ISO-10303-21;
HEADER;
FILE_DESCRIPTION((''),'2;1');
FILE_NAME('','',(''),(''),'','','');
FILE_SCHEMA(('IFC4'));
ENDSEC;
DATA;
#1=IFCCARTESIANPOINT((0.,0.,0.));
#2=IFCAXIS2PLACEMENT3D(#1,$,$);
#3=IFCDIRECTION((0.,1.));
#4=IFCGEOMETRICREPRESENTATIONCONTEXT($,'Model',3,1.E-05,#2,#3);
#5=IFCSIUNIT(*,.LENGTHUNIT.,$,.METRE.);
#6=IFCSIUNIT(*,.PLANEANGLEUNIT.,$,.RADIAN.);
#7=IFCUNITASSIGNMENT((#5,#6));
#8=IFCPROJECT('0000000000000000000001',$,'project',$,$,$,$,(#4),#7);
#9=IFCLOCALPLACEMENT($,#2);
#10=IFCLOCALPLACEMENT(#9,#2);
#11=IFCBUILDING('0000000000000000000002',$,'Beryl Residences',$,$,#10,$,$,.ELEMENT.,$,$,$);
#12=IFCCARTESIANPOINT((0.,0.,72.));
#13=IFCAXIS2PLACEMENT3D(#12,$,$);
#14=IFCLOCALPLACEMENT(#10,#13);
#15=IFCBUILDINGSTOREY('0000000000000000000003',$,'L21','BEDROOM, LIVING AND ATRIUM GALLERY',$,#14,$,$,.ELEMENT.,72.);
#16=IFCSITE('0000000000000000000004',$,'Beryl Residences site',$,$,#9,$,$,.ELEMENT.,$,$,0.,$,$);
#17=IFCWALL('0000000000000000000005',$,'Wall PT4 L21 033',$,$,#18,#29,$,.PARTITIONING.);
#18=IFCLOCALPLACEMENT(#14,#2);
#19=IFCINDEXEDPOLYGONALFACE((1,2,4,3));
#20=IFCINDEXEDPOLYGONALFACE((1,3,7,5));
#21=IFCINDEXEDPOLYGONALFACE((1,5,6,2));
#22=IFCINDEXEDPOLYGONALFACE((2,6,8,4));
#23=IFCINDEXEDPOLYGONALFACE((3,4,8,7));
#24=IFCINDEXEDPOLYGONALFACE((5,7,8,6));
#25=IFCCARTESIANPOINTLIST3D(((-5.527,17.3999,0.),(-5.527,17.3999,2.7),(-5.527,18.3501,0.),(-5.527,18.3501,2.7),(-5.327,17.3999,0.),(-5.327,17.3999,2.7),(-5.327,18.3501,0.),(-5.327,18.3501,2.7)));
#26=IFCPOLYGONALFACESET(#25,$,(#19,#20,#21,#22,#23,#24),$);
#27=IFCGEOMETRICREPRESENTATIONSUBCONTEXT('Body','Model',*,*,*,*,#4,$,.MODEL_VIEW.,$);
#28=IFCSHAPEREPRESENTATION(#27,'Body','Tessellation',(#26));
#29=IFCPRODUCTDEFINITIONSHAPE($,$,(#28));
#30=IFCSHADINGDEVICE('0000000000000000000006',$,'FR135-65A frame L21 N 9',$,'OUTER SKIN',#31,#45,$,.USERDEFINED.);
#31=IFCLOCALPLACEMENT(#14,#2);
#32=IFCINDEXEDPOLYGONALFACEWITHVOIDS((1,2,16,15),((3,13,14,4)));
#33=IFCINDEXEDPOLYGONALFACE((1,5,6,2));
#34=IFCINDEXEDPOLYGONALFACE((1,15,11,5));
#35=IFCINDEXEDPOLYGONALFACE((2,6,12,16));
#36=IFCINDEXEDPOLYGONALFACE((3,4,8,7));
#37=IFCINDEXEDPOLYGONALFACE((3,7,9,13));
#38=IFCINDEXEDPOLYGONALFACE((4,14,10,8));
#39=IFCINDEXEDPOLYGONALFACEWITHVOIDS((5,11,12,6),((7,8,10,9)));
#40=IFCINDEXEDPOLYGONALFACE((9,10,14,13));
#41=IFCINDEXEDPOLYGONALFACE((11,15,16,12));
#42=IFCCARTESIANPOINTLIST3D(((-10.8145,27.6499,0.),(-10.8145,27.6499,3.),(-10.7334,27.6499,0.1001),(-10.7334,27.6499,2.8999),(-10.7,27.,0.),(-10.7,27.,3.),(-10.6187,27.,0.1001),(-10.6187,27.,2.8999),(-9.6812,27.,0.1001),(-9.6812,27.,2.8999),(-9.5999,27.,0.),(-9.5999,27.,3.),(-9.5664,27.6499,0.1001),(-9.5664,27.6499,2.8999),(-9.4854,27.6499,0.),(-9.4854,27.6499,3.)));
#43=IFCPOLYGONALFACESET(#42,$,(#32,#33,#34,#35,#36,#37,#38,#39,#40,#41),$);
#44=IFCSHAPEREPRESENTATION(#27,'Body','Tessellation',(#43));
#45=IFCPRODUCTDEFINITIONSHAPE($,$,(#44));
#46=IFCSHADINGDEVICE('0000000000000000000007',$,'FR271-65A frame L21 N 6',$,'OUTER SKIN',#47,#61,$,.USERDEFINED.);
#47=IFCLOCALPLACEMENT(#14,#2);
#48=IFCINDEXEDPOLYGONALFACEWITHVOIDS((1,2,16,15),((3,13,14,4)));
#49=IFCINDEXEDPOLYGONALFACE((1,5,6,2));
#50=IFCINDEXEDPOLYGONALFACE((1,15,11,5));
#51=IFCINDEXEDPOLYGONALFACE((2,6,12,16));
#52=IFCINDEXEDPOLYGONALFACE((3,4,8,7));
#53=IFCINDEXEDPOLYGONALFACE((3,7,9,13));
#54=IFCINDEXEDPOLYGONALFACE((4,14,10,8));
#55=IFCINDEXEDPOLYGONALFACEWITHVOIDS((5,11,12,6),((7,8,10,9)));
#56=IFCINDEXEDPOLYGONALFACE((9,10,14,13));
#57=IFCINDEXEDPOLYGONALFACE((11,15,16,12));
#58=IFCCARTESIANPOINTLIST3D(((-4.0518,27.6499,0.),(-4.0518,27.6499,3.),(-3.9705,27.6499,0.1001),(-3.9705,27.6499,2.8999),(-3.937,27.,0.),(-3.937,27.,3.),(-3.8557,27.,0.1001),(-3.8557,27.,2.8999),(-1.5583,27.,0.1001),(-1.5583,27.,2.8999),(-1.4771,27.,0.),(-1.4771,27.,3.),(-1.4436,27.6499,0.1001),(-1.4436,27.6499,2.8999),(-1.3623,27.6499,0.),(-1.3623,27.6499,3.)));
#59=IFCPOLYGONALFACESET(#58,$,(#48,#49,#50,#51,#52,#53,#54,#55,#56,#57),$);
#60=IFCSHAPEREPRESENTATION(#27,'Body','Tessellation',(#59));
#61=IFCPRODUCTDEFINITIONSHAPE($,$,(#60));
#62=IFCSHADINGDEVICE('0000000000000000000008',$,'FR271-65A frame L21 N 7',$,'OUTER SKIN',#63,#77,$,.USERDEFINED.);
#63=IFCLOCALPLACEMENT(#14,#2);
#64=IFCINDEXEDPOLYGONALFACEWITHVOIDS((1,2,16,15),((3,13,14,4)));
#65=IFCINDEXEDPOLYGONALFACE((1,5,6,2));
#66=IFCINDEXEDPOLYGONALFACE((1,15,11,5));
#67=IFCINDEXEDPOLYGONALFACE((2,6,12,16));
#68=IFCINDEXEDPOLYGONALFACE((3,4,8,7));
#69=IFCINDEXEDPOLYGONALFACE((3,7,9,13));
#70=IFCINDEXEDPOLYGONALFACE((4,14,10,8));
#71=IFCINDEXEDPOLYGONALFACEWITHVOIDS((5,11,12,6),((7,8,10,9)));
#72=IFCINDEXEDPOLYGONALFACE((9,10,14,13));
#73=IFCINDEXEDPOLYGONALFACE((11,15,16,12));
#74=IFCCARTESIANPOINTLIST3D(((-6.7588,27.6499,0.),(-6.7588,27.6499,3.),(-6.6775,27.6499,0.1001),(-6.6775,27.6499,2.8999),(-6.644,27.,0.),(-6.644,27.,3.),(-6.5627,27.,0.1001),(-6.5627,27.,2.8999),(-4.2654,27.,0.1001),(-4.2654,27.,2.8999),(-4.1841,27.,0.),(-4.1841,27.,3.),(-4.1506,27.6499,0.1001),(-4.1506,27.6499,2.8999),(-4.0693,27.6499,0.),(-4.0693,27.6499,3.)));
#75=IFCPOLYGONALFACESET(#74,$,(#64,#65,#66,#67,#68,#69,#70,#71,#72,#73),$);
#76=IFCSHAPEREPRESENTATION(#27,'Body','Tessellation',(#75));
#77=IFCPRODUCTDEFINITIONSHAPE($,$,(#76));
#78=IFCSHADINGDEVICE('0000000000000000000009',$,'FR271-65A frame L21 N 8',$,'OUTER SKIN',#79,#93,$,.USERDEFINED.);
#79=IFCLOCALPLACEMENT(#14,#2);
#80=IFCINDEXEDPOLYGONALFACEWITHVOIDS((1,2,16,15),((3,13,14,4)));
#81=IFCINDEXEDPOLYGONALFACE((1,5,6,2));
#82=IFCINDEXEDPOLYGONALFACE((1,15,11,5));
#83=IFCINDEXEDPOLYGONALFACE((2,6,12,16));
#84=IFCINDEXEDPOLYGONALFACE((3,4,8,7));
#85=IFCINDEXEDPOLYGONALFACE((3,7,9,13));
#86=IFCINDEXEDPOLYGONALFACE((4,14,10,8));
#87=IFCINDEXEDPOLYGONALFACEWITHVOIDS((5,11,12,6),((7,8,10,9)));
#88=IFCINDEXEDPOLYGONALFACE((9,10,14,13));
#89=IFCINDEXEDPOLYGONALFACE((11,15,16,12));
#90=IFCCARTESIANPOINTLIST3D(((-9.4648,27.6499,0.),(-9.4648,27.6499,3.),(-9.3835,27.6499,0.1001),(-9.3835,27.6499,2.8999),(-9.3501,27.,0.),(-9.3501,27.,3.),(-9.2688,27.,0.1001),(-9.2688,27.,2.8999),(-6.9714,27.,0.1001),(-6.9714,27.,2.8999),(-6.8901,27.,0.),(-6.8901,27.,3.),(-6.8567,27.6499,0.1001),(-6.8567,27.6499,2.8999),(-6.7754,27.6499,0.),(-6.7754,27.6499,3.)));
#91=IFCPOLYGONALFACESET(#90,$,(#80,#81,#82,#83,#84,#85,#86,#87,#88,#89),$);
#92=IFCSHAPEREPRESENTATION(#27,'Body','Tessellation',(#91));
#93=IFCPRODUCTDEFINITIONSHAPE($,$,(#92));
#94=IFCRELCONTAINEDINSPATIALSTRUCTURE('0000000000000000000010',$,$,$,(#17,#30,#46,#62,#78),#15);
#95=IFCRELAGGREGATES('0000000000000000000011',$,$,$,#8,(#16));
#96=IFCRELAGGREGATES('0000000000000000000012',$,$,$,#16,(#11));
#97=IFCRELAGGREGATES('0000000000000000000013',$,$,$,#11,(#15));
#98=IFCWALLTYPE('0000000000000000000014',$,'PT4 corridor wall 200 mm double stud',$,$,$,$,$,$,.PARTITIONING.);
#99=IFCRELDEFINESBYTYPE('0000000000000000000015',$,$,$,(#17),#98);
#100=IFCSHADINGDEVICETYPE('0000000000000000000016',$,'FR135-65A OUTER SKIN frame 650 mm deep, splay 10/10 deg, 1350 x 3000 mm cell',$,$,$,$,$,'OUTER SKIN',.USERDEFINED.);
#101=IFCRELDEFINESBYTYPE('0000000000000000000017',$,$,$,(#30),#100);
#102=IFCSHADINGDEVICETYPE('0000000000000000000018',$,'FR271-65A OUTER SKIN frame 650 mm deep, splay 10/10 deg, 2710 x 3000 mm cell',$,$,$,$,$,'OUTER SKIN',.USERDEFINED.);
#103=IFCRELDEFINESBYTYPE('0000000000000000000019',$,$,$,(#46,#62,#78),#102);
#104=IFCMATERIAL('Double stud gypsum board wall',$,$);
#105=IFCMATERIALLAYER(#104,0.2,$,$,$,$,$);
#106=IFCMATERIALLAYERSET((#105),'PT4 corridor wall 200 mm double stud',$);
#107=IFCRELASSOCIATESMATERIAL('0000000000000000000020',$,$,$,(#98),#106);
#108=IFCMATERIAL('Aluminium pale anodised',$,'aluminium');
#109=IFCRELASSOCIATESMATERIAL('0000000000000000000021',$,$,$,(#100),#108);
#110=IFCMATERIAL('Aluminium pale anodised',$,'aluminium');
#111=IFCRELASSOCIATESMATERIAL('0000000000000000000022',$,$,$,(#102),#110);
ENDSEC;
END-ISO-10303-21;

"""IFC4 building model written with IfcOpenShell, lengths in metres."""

from ifc_helpers import new_model, entity, si_unit, direction, frame, frame_2d, origin, place, context, subcontext, project, spatial, rectangle, extrude, source, transform, mapped, material, layer, layer_set, type_object, type_shapes, element, save


model = new_model("IFC4")

# Units and contexts
model_context = context("Model", 3, precision=1e-05, world=origin(), true_north=direction((0.0, 1.0)))
body_context = subcontext(model_context, "Body", "Model", "MODEL_VIEW")
ifc_project = project(units=[si_unit("LENGTHUNIT", "METRE"), si_unit("PLANEANGLEUNIT", "RADIAN")], contexts=[model_context])

# Site, building, storey
site_placement = place(None, origin())
site = spatial("IfcSite", under=ifc_project, at=site_placement, Name="Beryl Residences site", CompositionType="ELEMENT", RefElevation=0.0)
building_placement = place(site_placement, origin())
building = spatial("IfcBuilding", under=site, at=building_placement, Name="Beryl Residences", CompositionType="ELEMENT")
storey_placement = place(building_placement, frame((0.0, 0.0, 72.0)))
storey = spatial("IfcBuildingStorey", under=building, at=storey_placement, Name="L21", Description="BEDROOM, LIVING AND ATRIUM GALLERY", CompositionType="ELEMENT", Elevation=72.0)

# Shared definitions
ifc_material_1 = material(Name="Double stud gypsum board wall")
ifc_layer_1 = layer(ifc_material_1, 0.2)
ifc_layer_set_1 = layer_set([ifc_layer_1], Name="PT4 corridor wall 200 mm double stud")
wall_type_1 = type_object("IfcWallType", Name="PT4 corridor wall 200 mm double stud", PredefinedType="PARTITIONING", material=ifc_layer_set_1)

# Wall
wall_1_placement = place(storey_placement, frame((-5.427, 17.3999, 0.0), z_axis=(0.0, 0.0, 1.0), x_axis=(0.0, 1.0, 0.0)))
element("IfcWall", 1, at=wall_1_placement, inside=storey, type_object=wall_type_1, Name="Wall PT4 L21 033", PredefinedType="PARTITIONING", context=body_context, shape_type="SweptSolid", body=[
    extrude(rectangle(XDim=0.9502, YDim=0.2, at=frame_2d((0.4751, 0.0))), origin(), (0.0, 0.0, 1.0), 2.7),
])

# Shading devices
ifc_material_2 = material(Name="Aluminium pale anodised", Category="aluminium")
shading_device_type_1 = type_object("IfcShadingDeviceType", Name="FR135-65A OUTER SKIN frame 650 mm deep, splay 10/10 deg, 1350 x 3000 mm cell", ElementType="OUTER SKIN", PredefinedType="USERDEFINED", material=ifc_material_2)
cartesian_point_1 = entity("IfcCartesianPoint", [-0.55, 0.0])
cartesian_point_2 = entity("IfcCartesianPoint", [-0.4688, 0.1001])
cartesian_point_3 = entity("IfcCartesianPoint", [-0.6646, 0.0])
cartesian_point_4 = entity("IfcCartesianPoint", [-0.5835, 0.1001])
shared_shape_1 = source(origin(), body_context, "Body", "SweptSolid", [
    entity("IfcExtrudedAreaSolidTapered", entity("IfcArbitraryProfileDefWithVoids", "AREA", None, entity("IfcPolyline", [cartesian_point_1, entity("IfcCartesianPoint", [0.55, 0.0]), entity("IfcCartesianPoint", [0.55, 3.0]), entity("IfcCartesianPoint", [-0.55, 3.0]), cartesian_point_1]), [entity("IfcPolyline", [cartesian_point_2, entity("IfcCartesianPoint", [0.4688, 0.1001]), entity("IfcCartesianPoint", [0.4688, 2.8999]), entity("IfcCartesianPoint", [-0.4688, 2.8999]), cartesian_point_2])]), entity("IfcAxis2Placement3D", entity("IfcCartesianPoint", [0.0, 0.0, 0.0]), entity("IfcDirection", [0.0, 1.0, 0.0]), entity("IfcDirection", [-1.0, 0.0, 0.0])), entity("IfcDirection", [0.0, 0.0, 1.0]), 0.6499, entity("IfcArbitraryProfileDefWithVoids", "AREA", None, entity("IfcPolyline", [cartesian_point_3, entity("IfcCartesianPoint", [0.6646, 0.0]), entity("IfcCartesianPoint", [0.6646, 3.0]), entity("IfcCartesianPoint", [-0.6646, 3.0]), cartesian_point_3]), [entity("IfcPolyline", [cartesian_point_4, entity("IfcCartesianPoint", [0.5835, 0.1001]), entity("IfcCartesianPoint", [0.5835, 2.8999]), entity("IfcCartesianPoint", [-0.5835, 2.8999]), cartesian_point_4])])),
])
type_shapes(shading_device_type_1, [shared_shape_1])
shading_device_placement = place(storey_placement, frame((-10.1499, 27.0, 0.0), z_axis=(0.0, 0.0, 1.0), x_axis=(1.0, 0.0, 0.0)))
element("IfcShadingDevice", 2, at=shading_device_placement, inside=storey, type_object=shading_device_type_1, Name="FR135-65A frame L21 N 9", ObjectType="OUTER SKIN", PredefinedType="USERDEFINED", context=body_context, shape_type="MappedRepresentation", body=[
    mapped(shared_shape_1, transform((0.0, 0.0, 0.0))),
])
ifc_material_3 = material(Name="Aluminium pale anodised", Category="aluminium")
shading_device_type_2 = type_object("IfcShadingDeviceType", Name="FR271-65A OUTER SKIN frame 650 mm deep, splay 10/10 deg, 2710 x 3000 mm cell", ElementType="OUTER SKIN", PredefinedType="USERDEFINED", material=ifc_material_3)
cartesian_point_5 = entity("IfcCartesianPoint", [-1.23, 0.0])
cartesian_point_6 = entity("IfcCartesianPoint", [-1.1487, 0.1001])
cartesian_point_7 = entity("IfcCartesianPoint", [-1.3447, 0.0])
cartesian_point_8 = entity("IfcCartesianPoint", [-1.2634, 0.1001])
shared_shape_2 = source(origin(), body_context, "Body", "SweptSolid", [
    entity("IfcExtrudedAreaSolidTapered", entity("IfcArbitraryProfileDefWithVoids", "AREA", None, entity("IfcPolyline", [cartesian_point_5, entity("IfcCartesianPoint", [1.23, 0.0]), entity("IfcCartesianPoint", [1.23, 3.0]), entity("IfcCartesianPoint", [-1.23, 3.0]), cartesian_point_5]), [entity("IfcPolyline", [cartesian_point_6, entity("IfcCartesianPoint", [1.1487, 0.1001]), entity("IfcCartesianPoint", [1.1487, 2.8999]), entity("IfcCartesianPoint", [-1.1487, 2.8999]), cartesian_point_6])]), entity("IfcAxis2Placement3D", entity("IfcCartesianPoint", [0.0, 0.0, 0.0]), entity("IfcDirection", [0.0, 1.0, 0.0]), entity("IfcDirection", [-1.0, 0.0, 0.0])), entity("IfcDirection", [0.0, 0.0, 1.0]), 0.6499, entity("IfcArbitraryProfileDefWithVoids", "AREA", None, entity("IfcPolyline", [cartesian_point_7, entity("IfcCartesianPoint", [1.3447, 0.0]), entity("IfcCartesianPoint", [1.3447, 3.0]), entity("IfcCartesianPoint", [-1.3447, 3.0]), cartesian_point_7]), [entity("IfcPolyline", [cartesian_point_8, entity("IfcCartesianPoint", [1.2634, 0.1001]), entity("IfcCartesianPoint", [1.2634, 2.8999]), entity("IfcCartesianPoint", [-1.2634, 2.8999]), cartesian_point_8])])),
])
type_shapes(shading_device_type_2, [shared_shape_2])
for number, where, z_axis, x_axis, name in (
    (3, (-2.707, 27.0, 0.0), (0.0, 0.0, 1.0), (1.0, 0.0, 0.0), "FR271-65A frame L21 N 6"),
    (4, (-5.4141, 27.0, 0.0), (0.0, 0.0, 1.0), (1.0, 0.0, 0.0), "FR271-65A frame L21 N 7"),
    (5, (-8.1201, 27.0, 0.0), (0.0, 0.0, 1.0), (1.0, 0.0, 0.0), "FR271-65A frame L21 N 8"),
):
    element("IfcShadingDevice", number, at=place(storey_placement, frame(where, z_axis=z_axis, x_axis=x_axis)), inside=storey, type_object=shading_device_type_2, Name=name, ObjectType="OUTER SKIN", PredefinedType="USERDEFINED", context=body_context, shape_type="MappedRepresentation", body=[
        mapped(shared_shape_2, transform((0.0, 0.0, 0.0))),
    ])

save(model, "model.ifc")
